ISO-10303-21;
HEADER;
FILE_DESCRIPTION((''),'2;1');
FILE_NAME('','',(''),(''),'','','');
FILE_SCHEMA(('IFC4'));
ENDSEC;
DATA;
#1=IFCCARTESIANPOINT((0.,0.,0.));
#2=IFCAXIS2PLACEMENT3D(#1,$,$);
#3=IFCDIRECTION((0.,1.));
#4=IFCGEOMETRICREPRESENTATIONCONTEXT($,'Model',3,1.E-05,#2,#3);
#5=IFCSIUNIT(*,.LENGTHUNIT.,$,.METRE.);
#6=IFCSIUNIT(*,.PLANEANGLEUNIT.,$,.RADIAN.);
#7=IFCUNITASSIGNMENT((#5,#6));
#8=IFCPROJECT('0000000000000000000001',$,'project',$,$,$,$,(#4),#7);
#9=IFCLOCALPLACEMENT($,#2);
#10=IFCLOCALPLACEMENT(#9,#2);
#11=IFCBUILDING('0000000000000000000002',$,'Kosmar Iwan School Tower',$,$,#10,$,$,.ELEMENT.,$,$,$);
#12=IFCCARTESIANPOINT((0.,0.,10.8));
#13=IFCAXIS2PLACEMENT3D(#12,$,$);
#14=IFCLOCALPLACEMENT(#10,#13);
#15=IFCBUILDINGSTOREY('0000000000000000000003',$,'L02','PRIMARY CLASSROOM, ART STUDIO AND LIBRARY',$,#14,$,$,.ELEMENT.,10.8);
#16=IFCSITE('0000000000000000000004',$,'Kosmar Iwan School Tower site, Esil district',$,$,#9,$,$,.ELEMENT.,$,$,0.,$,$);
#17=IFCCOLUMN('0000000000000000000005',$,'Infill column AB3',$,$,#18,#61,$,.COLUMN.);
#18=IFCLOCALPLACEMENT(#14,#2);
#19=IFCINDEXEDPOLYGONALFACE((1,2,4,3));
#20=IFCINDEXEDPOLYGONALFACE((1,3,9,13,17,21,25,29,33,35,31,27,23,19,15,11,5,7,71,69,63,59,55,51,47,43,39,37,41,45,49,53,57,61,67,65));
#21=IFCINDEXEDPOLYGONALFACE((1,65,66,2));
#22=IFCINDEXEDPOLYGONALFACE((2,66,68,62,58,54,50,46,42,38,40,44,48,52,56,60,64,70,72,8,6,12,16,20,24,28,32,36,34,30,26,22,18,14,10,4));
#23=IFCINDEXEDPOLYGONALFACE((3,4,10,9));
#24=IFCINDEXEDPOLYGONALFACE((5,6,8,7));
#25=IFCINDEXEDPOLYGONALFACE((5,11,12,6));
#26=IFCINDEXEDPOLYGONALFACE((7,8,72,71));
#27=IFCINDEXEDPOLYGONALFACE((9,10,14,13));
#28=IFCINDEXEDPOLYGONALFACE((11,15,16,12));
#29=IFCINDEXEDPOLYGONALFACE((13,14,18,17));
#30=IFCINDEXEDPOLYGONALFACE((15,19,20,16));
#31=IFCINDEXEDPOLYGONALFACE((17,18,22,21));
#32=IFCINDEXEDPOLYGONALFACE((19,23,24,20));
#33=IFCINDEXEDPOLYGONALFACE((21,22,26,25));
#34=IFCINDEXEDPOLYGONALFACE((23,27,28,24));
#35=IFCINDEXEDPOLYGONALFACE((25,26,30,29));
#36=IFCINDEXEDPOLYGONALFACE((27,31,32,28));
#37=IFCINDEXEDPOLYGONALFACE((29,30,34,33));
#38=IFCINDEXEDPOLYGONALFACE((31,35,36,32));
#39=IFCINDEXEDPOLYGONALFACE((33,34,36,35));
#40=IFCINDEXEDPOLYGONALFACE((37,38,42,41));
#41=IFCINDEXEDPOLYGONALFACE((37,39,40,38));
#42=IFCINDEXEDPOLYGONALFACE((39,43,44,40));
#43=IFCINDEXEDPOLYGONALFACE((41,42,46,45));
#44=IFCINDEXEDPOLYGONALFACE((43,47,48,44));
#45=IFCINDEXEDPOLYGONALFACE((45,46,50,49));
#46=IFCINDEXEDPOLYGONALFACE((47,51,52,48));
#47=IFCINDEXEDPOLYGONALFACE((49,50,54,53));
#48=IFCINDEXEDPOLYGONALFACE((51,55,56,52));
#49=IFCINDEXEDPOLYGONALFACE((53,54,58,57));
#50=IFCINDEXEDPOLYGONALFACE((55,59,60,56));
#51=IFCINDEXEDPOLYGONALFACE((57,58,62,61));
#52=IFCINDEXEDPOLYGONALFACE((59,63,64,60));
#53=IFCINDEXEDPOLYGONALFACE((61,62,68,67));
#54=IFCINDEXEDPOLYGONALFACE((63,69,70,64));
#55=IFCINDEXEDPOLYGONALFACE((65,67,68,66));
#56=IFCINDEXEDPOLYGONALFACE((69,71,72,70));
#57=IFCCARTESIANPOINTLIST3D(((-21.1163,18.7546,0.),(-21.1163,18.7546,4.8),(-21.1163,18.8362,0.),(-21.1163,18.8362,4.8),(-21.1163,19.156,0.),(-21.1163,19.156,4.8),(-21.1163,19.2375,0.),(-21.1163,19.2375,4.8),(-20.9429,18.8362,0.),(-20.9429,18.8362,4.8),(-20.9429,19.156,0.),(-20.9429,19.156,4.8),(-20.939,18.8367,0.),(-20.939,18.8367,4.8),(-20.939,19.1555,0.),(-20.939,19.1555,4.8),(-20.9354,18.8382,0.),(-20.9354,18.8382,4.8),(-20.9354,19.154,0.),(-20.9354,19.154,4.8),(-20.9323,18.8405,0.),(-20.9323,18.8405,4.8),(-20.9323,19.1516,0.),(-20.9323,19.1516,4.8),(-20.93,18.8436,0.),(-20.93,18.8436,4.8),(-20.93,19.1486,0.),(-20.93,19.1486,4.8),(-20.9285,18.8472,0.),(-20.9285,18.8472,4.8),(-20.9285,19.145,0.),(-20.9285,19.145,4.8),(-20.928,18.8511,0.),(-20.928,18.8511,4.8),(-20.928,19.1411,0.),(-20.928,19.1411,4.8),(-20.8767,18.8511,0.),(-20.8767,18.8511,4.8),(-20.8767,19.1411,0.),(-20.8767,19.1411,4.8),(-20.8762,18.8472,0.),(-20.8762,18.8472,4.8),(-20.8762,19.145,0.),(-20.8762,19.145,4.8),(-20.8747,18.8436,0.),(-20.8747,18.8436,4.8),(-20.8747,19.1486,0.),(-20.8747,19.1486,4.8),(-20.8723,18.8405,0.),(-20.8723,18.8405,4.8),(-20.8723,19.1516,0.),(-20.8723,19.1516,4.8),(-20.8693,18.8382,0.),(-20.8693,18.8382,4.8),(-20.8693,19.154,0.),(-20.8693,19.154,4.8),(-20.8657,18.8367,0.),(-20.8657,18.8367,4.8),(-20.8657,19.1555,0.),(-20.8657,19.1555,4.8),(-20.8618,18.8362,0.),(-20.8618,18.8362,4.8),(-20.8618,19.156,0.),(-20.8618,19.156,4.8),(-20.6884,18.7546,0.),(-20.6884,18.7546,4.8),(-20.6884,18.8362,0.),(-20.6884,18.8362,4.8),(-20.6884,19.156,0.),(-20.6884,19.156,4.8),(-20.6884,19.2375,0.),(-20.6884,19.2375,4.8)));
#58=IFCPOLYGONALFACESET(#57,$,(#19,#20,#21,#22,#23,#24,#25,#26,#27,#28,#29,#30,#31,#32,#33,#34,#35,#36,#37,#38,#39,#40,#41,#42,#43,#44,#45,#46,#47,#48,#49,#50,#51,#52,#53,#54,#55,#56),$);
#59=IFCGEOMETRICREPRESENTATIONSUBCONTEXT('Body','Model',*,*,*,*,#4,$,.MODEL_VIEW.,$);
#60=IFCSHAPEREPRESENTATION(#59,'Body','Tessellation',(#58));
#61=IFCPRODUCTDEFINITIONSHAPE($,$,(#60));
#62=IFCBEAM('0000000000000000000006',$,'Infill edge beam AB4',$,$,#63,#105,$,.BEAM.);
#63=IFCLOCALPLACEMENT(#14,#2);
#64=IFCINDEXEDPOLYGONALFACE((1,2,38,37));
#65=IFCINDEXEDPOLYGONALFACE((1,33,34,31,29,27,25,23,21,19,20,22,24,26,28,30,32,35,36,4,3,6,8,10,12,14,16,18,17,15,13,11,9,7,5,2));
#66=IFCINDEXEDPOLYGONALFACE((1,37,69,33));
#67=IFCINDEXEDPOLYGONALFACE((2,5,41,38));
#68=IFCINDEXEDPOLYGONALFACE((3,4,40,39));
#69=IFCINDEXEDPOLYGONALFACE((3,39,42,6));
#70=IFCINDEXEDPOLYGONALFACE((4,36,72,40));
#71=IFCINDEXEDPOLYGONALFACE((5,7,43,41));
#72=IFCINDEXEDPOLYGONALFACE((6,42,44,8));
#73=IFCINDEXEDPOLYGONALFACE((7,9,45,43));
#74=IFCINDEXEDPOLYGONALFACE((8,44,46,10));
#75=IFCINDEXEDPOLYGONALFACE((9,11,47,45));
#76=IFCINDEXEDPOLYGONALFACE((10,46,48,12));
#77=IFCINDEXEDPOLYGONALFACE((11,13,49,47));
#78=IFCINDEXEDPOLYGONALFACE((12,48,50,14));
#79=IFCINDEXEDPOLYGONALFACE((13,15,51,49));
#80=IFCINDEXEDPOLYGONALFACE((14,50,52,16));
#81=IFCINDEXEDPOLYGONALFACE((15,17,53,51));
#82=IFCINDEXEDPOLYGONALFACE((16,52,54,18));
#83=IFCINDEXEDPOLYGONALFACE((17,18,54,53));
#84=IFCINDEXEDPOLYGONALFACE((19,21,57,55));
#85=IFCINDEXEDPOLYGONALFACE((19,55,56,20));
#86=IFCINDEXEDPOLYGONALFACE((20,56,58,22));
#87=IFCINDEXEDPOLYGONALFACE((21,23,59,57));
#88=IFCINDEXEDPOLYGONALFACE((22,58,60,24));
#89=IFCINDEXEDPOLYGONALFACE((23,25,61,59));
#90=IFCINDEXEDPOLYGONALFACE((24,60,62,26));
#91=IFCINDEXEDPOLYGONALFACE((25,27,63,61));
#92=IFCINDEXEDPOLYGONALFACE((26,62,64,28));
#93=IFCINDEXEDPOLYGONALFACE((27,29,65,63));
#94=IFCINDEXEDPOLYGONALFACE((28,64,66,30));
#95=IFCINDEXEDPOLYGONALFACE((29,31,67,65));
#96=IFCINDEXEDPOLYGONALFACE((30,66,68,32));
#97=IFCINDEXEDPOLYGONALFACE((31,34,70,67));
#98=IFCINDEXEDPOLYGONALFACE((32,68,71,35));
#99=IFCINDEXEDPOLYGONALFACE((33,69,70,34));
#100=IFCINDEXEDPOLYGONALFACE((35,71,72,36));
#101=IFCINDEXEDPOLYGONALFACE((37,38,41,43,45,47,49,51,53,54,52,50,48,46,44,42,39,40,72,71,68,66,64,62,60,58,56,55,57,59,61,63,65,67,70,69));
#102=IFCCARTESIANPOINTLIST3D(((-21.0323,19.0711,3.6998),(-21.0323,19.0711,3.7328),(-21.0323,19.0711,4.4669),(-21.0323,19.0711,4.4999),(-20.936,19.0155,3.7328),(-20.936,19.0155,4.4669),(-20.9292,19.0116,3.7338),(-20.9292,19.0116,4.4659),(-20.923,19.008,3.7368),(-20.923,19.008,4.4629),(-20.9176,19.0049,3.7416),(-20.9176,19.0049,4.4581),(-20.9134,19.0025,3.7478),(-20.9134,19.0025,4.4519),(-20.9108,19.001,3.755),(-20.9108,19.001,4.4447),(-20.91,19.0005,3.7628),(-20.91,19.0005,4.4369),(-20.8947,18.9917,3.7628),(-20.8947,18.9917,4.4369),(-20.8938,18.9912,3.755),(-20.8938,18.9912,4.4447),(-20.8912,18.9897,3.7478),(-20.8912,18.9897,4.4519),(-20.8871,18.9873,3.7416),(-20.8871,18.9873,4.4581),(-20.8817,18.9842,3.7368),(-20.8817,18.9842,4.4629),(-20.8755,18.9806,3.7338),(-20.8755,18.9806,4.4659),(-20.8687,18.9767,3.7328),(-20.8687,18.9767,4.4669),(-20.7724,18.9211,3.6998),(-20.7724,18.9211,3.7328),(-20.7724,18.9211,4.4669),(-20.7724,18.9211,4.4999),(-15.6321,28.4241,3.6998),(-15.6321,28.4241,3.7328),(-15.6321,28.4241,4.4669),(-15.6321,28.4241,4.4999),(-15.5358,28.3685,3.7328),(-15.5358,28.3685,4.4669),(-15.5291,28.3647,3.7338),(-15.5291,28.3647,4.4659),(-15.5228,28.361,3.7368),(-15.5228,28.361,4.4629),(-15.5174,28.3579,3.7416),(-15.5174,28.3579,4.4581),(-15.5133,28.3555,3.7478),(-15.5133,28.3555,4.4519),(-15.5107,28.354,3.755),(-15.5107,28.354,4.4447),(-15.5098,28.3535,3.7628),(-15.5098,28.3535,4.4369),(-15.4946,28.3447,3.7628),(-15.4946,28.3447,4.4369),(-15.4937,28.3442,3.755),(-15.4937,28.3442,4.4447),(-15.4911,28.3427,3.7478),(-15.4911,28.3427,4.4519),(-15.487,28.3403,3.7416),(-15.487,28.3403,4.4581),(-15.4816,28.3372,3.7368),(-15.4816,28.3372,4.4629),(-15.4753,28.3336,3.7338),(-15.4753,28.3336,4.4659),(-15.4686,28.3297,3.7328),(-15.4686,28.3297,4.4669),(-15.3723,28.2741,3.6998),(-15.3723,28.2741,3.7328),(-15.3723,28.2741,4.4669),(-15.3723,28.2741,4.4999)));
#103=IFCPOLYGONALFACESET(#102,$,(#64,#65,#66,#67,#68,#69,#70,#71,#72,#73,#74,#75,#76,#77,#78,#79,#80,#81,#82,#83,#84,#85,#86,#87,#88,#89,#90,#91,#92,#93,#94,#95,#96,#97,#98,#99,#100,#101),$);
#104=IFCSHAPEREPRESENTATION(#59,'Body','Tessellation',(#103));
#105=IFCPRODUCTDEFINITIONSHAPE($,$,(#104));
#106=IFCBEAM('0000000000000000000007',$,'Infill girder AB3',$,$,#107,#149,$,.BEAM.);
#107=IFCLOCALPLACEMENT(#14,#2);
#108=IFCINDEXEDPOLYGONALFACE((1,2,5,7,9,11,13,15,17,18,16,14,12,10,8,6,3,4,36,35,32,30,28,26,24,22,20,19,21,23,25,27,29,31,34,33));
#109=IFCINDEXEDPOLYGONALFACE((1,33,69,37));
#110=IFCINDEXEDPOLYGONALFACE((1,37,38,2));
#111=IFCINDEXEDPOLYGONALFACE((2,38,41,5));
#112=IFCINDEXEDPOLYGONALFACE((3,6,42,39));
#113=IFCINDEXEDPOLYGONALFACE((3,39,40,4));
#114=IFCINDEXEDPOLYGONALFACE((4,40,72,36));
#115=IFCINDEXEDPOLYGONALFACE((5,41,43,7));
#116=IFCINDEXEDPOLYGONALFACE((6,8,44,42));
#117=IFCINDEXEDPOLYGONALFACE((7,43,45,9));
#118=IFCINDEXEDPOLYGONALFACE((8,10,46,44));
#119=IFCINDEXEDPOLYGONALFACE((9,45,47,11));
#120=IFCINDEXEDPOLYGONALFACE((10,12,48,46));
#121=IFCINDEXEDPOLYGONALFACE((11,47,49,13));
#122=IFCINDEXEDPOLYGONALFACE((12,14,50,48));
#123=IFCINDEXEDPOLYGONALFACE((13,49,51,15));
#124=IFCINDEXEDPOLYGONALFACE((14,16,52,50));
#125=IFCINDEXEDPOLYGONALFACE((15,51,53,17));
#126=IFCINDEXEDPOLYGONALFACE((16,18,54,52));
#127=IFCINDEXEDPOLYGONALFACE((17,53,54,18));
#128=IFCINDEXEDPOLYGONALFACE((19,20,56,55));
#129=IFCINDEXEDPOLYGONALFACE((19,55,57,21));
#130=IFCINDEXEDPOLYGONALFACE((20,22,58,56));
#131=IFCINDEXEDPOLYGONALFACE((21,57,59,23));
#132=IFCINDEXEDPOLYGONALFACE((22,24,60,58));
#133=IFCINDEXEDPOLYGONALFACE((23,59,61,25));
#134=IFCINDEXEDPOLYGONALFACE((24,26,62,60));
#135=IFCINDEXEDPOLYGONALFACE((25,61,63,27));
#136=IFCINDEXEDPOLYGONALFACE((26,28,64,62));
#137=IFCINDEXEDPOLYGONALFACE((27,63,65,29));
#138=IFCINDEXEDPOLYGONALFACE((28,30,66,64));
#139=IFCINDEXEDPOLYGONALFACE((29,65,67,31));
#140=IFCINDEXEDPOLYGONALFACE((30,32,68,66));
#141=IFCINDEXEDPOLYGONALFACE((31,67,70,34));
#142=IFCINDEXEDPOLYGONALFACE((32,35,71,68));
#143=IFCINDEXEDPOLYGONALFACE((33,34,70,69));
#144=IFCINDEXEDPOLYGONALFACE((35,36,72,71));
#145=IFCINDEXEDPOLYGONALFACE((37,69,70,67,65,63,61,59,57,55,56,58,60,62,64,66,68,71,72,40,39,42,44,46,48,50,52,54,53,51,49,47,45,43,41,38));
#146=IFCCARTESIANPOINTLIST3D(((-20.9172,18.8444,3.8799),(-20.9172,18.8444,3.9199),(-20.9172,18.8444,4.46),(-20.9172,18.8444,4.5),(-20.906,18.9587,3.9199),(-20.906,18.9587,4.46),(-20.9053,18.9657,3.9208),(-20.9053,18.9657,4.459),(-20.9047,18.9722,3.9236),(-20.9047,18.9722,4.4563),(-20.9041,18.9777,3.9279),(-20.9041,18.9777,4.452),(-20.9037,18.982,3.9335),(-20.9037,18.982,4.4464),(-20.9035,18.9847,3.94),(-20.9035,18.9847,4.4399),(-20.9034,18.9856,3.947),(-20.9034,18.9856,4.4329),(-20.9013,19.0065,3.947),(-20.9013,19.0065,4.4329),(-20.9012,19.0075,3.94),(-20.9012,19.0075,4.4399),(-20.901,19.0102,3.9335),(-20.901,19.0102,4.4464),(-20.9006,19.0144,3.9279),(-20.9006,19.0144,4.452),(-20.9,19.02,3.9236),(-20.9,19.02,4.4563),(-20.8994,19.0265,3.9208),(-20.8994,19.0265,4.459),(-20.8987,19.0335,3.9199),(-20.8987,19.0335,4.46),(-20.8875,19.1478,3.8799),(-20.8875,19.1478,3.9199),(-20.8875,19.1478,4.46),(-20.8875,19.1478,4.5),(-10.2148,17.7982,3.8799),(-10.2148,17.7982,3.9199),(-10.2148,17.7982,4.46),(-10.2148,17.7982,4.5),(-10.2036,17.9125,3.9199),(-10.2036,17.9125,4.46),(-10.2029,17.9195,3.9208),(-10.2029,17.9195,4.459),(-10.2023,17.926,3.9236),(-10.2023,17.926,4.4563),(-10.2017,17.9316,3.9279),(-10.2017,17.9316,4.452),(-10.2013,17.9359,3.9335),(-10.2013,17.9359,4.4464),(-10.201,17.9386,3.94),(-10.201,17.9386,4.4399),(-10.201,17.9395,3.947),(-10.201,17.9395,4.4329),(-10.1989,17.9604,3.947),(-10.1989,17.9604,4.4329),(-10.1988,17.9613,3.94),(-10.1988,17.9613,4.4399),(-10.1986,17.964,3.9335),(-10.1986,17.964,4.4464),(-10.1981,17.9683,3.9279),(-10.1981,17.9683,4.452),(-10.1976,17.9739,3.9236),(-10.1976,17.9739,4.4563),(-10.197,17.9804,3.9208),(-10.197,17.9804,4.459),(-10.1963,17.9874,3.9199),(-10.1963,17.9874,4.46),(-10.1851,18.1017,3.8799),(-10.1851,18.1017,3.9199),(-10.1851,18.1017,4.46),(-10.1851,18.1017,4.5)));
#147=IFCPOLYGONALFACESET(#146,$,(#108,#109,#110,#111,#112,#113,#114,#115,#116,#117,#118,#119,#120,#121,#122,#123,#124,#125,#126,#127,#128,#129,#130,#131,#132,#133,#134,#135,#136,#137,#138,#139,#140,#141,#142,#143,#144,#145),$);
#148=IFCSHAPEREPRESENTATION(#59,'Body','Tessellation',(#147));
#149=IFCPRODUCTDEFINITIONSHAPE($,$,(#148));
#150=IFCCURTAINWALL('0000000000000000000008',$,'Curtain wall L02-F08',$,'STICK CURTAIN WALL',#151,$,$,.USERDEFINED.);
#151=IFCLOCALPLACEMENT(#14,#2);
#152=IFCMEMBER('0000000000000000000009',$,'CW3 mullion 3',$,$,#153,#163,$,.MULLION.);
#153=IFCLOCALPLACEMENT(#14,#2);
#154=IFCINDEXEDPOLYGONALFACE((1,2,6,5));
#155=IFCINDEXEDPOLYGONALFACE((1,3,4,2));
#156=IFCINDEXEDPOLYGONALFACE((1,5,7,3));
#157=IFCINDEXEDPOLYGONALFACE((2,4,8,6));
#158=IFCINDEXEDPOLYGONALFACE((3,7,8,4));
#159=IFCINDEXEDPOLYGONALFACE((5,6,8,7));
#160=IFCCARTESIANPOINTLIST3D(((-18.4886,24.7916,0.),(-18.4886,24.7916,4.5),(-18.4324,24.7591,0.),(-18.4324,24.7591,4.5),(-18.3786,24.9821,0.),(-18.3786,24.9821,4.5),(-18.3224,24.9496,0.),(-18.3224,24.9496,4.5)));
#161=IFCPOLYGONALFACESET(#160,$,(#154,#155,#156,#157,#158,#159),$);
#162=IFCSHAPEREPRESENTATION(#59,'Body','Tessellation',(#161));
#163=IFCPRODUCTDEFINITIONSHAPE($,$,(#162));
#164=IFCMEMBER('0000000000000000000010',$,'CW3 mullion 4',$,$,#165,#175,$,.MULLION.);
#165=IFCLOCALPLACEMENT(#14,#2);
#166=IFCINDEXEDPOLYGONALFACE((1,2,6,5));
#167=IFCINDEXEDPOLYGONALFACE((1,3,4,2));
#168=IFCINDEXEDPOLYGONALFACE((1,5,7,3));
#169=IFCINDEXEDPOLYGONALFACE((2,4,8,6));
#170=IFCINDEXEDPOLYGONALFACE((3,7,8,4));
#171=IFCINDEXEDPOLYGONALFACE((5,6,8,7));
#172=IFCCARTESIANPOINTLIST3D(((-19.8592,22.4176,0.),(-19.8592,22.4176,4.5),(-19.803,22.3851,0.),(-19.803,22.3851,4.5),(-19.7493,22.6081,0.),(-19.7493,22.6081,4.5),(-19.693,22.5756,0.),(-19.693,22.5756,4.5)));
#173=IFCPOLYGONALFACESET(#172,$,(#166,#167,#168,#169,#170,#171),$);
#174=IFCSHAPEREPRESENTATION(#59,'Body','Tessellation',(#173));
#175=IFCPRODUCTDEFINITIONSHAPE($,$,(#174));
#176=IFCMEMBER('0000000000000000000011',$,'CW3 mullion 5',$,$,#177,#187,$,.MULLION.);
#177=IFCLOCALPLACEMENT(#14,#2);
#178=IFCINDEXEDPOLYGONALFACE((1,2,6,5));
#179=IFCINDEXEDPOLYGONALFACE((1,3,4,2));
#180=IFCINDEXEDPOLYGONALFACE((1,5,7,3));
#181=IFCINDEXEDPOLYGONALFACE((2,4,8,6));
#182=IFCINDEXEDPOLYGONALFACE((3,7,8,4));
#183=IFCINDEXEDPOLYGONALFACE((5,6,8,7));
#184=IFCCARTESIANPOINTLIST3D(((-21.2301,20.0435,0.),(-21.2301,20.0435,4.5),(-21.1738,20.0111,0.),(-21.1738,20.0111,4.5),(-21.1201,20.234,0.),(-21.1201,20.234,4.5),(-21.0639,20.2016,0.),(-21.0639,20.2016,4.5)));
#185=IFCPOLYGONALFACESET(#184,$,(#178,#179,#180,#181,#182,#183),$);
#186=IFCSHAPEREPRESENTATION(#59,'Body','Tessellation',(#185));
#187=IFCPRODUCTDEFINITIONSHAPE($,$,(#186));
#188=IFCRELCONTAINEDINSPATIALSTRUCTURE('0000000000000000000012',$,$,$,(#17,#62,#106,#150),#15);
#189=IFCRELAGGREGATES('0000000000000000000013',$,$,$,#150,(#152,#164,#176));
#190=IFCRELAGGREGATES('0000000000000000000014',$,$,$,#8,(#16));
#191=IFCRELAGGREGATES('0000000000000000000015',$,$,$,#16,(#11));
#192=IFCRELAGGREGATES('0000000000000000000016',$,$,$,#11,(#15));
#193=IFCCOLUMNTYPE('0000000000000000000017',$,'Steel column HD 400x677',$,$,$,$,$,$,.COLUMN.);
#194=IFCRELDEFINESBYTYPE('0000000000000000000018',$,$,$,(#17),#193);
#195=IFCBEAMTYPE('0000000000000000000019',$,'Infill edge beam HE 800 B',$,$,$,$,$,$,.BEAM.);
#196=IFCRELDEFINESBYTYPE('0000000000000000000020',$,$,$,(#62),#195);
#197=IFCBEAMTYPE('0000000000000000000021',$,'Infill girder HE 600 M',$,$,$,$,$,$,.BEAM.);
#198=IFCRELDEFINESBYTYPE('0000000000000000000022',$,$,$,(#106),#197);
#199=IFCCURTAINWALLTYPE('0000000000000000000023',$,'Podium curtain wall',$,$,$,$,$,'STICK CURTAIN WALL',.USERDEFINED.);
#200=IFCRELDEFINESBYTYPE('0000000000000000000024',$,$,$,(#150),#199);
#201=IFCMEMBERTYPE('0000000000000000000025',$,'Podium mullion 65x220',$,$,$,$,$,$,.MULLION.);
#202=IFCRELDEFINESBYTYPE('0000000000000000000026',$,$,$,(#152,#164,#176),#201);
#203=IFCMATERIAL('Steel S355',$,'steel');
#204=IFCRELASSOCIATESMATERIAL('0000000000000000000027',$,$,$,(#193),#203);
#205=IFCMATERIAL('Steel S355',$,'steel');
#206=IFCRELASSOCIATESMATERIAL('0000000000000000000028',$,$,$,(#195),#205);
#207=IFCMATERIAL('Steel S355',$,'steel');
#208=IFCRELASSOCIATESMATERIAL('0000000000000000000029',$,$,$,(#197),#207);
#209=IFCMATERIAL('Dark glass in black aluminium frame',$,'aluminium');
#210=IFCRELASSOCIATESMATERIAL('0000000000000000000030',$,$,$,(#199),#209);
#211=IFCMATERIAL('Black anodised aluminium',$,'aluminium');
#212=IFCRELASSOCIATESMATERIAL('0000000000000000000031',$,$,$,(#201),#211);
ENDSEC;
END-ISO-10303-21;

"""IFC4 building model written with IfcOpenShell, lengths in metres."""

from ifc_helpers import new_model, si_unit, direction, frame, origin, origin_2d, place, context, subcontext, project, spatial, rectangle, i_section, extrude, material, material_profile, profile_set, type_object, element, aggregate, save


model = new_model("IFC4")

# Units and contexts
model_context = context("Model", 3, precision=1e-05, world=origin(), true_north=direction((0.0, 1.0)))
body_context = subcontext(model_context, "Body", "Model", "MODEL_VIEW")
ifc_project = project(units=[si_unit("LENGTHUNIT", "METRE"), si_unit("PLANEANGLEUNIT", "RADIAN")], contexts=[model_context])

# Site, building, storey
site_placement = place(None, origin())
site = spatial("IfcSite", under=ifc_project, at=site_placement, Name="Kosmar Iwan School Tower site, Esil district", CompositionType="ELEMENT", RefElevation=0.0)
building_placement = place(site_placement, origin())
building = spatial("IfcBuilding", under=site, at=building_placement, Name="Kosmar Iwan School Tower", CompositionType="ELEMENT")
storey_placement = place(building_placement, frame((0.0, 0.0, 10.8)))
storey = spatial("IfcBuildingStorey", under=building, at=storey_placement, Name="L02", Description="PRIMARY CLASSROOM, ART STUDIO AND LIBRARY", CompositionType="ELEMENT", Elevation=10.8)

# Column
ifc_material_1 = material(Name="Steel S355", Category="steel")
ifc_material_profile_1 = material_profile(ifc_material_1, i_section(OverallWidth=0.428, OverallDepth=0.4829, WebThickness=0.0513, FlangeThickness=0.0815, FilletRadius=0.0149, at=origin_2d()), Name="HD 400x677")
ifc_profile_set_1 = profile_set([ifc_material_profile_1], Name="Steel S355")
column_type = type_object("IfcColumnType", Name="Steel column HD 400x677", PredefinedType="COLUMN", material=ifc_profile_set_1)
column_placement = place(storey_placement, frame((-20.9023, 18.9961, 0.0), z_axis=(0.0, 0.0, 1.0), x_axis=(1.0, 0.0, 0.0)))
element("IfcColumn", 1, at=column_placement, inside=storey, type_object=column_type, Name="Infill column AB3", PredefinedType="COLUMN", context=body_context, shape_type="SweptSolid", body=[
    extrude(i_section(OverallWidth=0.428, OverallDepth=0.4829, WebThickness=0.0513, FlangeThickness=0.0815, FilletRadius=0.0149, at=origin_2d()), origin(), (0.0, 0.0, 1.0), 4.8),
])

# Beams
ifc_material_2 = material(Name="Steel S355", Category="steel")
ifc_material_profile_2 = material_profile(ifc_material_2, i_section(OverallWidth=0.3, OverallDepth=0.8, WebThickness=0.0176, FlangeThickness=0.033, FilletRadius=0.03, at=origin_2d()), Name="HE 800 B")
ifc_profile_set_2 = profile_set([ifc_material_profile_2], Name="Steel S355")
beam_type_1 = type_object("IfcBeamType", Name="Infill edge beam HE 800 B", PredefinedType="BEAM", material=ifc_profile_set_2)
beam_1_placement = place(storey_placement, frame((-20.9023, 18.9961, 4.0999), z_axis=(0.500012, 0.866018, 0.0), x_axis=(-0.866018, 0.500012, 0.0)))
element("IfcBeam", 2, at=beam_1_placement, inside=storey, type_object=beam_type_1, Name="Infill edge beam AB4", PredefinedType="BEAM", context=body_context, shape_type="SweptSolid", body=[
    extrude(i_section(OverallWidth=0.3, OverallDepth=0.8, WebThickness=0.0176, FlangeThickness=0.033, FilletRadius=0.03, at=origin_2d()), origin(), (0.0, 0.0, 1.0), 10.8),
])
ifc_material_3 = material(Name="Steel S355", Category="steel")
ifc_material_profile_3 = material_profile(ifc_material_3, i_section(OverallWidth=0.3049, OverallDepth=0.6201, WebThickness=0.021, FlangeThickness=0.04, FilletRadius=0.0271, at=origin_2d()), Name="HE 600 M")
ifc_profile_set_3 = profile_set([ifc_material_profile_3], Name="Steel S355")
beam_type_2 = type_object("IfcBeamType", Name="Infill girder HE 600 M", PredefinedType="BEAM", material=ifc_profile_set_3)
beam_2_placement = place(storey_placement, frame((-20.9023, 18.9961, 4.1899), z_axis=(0.995257, -0.097285, 0.0), x_axis=(0.097285, 0.995257, 0.0)))
element("IfcBeam", 3, at=beam_2_placement, inside=storey, type_object=beam_type_2, Name="Infill girder AB3", PredefinedType="BEAM", context=body_context, shape_type="SweptSolid", body=[
    extrude(i_section(OverallWidth=0.3049, OverallDepth=0.6201, WebThickness=0.021, FlangeThickness=0.04, FilletRadius=0.0271, at=origin_2d()), origin(), (0.0, 0.0, 1.0), 10.7534),
])

# Curtain wall, members
ifc_material_4 = material(Name="Dark glass in black aluminium frame", Category="aluminium")
curtain_wall_type = type_object("IfcCurtainWallType", Name="Podium curtain wall", ElementType="STICK CURTAIN WALL", PredefinedType="USERDEFINED", material=ifc_material_4)
curtain_wall_placement = place(storey_placement, origin())
curtain_wall = element("IfcCurtainWall", 4, at=curtain_wall_placement, inside=storey, type_object=curtain_wall_type, Name="Curtain wall L02-F08", ObjectType="STICK CURTAIN WALL", PredefinedType="USERDEFINED")
ifc_material_5 = material(Name="Black anodised aluminium", Category="aluminium")
ifc_material_profile_4 = material_profile(ifc_material_5, rectangle(XDim=0.0649, YDim=0.22, at=origin_2d()), Name="MULLION 65x220")
ifc_profile_set_4 = profile_set([ifc_material_profile_4], Name="Black anodised aluminium")
member_type_1 = type_object("IfcMemberType", Name="Podium mullion 65x220", PredefinedType="MULLION", material=ifc_profile_set_4)
member_1_placement = place(storey_placement, frame((-18.4055, 24.8706, 0.0), z_axis=(0.0, 0.0, 1.0), x_axis=(0.866025, -0.5, 0.0)))
member_1 = element("IfcMember", 5, at=member_1_placement, type_object=member_type_1, Name="CW3 mullion 3", PredefinedType="MULLION", context=body_context, shape_type="SweptSolid", body=[
    extrude(rectangle(XDim=0.0649, YDim=0.22, at=origin_2d()), origin(), (0.0, 0.0, 1.0), 4.5),
])
member_2_placement = place(storey_placement, frame((-19.7761, 22.4966, 0.0), z_axis=(0.0, 0.0, 1.0), x_axis=(0.866025, -0.5, 0.0)))
member_2 = element("IfcMember", 6, at=member_2_placement, type_object=member_type_1, Name="CW3 mullion 4", PredefinedType="MULLION", context=body_context, shape_type="SweptSolid", body=[
    extrude(rectangle(XDim=0.0649, YDim=0.22, at=origin_2d()), origin(), (0.0, 0.0, 1.0), 4.5),
])
member_3_placement = place(storey_placement, frame((-21.147, 20.1226, 0.0), z_axis=(0.0, 0.0, 1.0), x_axis=(0.866025, -0.5, 0.0)))
member_3 = element("IfcMember", 7, at=member_3_placement, type_object=member_type_1, Name="CW3 mullion 5", PredefinedType="MULLION", context=body_context, shape_type="SweptSolid", body=[
    extrude(rectangle(XDim=0.0649, YDim=0.22, at=origin_2d()), origin(), (0.0, 0.0, 1.0), 4.5),
])
aggregate(curtain_wall, [member_1, member_2, member_3])

save(model, "model.ifc")
